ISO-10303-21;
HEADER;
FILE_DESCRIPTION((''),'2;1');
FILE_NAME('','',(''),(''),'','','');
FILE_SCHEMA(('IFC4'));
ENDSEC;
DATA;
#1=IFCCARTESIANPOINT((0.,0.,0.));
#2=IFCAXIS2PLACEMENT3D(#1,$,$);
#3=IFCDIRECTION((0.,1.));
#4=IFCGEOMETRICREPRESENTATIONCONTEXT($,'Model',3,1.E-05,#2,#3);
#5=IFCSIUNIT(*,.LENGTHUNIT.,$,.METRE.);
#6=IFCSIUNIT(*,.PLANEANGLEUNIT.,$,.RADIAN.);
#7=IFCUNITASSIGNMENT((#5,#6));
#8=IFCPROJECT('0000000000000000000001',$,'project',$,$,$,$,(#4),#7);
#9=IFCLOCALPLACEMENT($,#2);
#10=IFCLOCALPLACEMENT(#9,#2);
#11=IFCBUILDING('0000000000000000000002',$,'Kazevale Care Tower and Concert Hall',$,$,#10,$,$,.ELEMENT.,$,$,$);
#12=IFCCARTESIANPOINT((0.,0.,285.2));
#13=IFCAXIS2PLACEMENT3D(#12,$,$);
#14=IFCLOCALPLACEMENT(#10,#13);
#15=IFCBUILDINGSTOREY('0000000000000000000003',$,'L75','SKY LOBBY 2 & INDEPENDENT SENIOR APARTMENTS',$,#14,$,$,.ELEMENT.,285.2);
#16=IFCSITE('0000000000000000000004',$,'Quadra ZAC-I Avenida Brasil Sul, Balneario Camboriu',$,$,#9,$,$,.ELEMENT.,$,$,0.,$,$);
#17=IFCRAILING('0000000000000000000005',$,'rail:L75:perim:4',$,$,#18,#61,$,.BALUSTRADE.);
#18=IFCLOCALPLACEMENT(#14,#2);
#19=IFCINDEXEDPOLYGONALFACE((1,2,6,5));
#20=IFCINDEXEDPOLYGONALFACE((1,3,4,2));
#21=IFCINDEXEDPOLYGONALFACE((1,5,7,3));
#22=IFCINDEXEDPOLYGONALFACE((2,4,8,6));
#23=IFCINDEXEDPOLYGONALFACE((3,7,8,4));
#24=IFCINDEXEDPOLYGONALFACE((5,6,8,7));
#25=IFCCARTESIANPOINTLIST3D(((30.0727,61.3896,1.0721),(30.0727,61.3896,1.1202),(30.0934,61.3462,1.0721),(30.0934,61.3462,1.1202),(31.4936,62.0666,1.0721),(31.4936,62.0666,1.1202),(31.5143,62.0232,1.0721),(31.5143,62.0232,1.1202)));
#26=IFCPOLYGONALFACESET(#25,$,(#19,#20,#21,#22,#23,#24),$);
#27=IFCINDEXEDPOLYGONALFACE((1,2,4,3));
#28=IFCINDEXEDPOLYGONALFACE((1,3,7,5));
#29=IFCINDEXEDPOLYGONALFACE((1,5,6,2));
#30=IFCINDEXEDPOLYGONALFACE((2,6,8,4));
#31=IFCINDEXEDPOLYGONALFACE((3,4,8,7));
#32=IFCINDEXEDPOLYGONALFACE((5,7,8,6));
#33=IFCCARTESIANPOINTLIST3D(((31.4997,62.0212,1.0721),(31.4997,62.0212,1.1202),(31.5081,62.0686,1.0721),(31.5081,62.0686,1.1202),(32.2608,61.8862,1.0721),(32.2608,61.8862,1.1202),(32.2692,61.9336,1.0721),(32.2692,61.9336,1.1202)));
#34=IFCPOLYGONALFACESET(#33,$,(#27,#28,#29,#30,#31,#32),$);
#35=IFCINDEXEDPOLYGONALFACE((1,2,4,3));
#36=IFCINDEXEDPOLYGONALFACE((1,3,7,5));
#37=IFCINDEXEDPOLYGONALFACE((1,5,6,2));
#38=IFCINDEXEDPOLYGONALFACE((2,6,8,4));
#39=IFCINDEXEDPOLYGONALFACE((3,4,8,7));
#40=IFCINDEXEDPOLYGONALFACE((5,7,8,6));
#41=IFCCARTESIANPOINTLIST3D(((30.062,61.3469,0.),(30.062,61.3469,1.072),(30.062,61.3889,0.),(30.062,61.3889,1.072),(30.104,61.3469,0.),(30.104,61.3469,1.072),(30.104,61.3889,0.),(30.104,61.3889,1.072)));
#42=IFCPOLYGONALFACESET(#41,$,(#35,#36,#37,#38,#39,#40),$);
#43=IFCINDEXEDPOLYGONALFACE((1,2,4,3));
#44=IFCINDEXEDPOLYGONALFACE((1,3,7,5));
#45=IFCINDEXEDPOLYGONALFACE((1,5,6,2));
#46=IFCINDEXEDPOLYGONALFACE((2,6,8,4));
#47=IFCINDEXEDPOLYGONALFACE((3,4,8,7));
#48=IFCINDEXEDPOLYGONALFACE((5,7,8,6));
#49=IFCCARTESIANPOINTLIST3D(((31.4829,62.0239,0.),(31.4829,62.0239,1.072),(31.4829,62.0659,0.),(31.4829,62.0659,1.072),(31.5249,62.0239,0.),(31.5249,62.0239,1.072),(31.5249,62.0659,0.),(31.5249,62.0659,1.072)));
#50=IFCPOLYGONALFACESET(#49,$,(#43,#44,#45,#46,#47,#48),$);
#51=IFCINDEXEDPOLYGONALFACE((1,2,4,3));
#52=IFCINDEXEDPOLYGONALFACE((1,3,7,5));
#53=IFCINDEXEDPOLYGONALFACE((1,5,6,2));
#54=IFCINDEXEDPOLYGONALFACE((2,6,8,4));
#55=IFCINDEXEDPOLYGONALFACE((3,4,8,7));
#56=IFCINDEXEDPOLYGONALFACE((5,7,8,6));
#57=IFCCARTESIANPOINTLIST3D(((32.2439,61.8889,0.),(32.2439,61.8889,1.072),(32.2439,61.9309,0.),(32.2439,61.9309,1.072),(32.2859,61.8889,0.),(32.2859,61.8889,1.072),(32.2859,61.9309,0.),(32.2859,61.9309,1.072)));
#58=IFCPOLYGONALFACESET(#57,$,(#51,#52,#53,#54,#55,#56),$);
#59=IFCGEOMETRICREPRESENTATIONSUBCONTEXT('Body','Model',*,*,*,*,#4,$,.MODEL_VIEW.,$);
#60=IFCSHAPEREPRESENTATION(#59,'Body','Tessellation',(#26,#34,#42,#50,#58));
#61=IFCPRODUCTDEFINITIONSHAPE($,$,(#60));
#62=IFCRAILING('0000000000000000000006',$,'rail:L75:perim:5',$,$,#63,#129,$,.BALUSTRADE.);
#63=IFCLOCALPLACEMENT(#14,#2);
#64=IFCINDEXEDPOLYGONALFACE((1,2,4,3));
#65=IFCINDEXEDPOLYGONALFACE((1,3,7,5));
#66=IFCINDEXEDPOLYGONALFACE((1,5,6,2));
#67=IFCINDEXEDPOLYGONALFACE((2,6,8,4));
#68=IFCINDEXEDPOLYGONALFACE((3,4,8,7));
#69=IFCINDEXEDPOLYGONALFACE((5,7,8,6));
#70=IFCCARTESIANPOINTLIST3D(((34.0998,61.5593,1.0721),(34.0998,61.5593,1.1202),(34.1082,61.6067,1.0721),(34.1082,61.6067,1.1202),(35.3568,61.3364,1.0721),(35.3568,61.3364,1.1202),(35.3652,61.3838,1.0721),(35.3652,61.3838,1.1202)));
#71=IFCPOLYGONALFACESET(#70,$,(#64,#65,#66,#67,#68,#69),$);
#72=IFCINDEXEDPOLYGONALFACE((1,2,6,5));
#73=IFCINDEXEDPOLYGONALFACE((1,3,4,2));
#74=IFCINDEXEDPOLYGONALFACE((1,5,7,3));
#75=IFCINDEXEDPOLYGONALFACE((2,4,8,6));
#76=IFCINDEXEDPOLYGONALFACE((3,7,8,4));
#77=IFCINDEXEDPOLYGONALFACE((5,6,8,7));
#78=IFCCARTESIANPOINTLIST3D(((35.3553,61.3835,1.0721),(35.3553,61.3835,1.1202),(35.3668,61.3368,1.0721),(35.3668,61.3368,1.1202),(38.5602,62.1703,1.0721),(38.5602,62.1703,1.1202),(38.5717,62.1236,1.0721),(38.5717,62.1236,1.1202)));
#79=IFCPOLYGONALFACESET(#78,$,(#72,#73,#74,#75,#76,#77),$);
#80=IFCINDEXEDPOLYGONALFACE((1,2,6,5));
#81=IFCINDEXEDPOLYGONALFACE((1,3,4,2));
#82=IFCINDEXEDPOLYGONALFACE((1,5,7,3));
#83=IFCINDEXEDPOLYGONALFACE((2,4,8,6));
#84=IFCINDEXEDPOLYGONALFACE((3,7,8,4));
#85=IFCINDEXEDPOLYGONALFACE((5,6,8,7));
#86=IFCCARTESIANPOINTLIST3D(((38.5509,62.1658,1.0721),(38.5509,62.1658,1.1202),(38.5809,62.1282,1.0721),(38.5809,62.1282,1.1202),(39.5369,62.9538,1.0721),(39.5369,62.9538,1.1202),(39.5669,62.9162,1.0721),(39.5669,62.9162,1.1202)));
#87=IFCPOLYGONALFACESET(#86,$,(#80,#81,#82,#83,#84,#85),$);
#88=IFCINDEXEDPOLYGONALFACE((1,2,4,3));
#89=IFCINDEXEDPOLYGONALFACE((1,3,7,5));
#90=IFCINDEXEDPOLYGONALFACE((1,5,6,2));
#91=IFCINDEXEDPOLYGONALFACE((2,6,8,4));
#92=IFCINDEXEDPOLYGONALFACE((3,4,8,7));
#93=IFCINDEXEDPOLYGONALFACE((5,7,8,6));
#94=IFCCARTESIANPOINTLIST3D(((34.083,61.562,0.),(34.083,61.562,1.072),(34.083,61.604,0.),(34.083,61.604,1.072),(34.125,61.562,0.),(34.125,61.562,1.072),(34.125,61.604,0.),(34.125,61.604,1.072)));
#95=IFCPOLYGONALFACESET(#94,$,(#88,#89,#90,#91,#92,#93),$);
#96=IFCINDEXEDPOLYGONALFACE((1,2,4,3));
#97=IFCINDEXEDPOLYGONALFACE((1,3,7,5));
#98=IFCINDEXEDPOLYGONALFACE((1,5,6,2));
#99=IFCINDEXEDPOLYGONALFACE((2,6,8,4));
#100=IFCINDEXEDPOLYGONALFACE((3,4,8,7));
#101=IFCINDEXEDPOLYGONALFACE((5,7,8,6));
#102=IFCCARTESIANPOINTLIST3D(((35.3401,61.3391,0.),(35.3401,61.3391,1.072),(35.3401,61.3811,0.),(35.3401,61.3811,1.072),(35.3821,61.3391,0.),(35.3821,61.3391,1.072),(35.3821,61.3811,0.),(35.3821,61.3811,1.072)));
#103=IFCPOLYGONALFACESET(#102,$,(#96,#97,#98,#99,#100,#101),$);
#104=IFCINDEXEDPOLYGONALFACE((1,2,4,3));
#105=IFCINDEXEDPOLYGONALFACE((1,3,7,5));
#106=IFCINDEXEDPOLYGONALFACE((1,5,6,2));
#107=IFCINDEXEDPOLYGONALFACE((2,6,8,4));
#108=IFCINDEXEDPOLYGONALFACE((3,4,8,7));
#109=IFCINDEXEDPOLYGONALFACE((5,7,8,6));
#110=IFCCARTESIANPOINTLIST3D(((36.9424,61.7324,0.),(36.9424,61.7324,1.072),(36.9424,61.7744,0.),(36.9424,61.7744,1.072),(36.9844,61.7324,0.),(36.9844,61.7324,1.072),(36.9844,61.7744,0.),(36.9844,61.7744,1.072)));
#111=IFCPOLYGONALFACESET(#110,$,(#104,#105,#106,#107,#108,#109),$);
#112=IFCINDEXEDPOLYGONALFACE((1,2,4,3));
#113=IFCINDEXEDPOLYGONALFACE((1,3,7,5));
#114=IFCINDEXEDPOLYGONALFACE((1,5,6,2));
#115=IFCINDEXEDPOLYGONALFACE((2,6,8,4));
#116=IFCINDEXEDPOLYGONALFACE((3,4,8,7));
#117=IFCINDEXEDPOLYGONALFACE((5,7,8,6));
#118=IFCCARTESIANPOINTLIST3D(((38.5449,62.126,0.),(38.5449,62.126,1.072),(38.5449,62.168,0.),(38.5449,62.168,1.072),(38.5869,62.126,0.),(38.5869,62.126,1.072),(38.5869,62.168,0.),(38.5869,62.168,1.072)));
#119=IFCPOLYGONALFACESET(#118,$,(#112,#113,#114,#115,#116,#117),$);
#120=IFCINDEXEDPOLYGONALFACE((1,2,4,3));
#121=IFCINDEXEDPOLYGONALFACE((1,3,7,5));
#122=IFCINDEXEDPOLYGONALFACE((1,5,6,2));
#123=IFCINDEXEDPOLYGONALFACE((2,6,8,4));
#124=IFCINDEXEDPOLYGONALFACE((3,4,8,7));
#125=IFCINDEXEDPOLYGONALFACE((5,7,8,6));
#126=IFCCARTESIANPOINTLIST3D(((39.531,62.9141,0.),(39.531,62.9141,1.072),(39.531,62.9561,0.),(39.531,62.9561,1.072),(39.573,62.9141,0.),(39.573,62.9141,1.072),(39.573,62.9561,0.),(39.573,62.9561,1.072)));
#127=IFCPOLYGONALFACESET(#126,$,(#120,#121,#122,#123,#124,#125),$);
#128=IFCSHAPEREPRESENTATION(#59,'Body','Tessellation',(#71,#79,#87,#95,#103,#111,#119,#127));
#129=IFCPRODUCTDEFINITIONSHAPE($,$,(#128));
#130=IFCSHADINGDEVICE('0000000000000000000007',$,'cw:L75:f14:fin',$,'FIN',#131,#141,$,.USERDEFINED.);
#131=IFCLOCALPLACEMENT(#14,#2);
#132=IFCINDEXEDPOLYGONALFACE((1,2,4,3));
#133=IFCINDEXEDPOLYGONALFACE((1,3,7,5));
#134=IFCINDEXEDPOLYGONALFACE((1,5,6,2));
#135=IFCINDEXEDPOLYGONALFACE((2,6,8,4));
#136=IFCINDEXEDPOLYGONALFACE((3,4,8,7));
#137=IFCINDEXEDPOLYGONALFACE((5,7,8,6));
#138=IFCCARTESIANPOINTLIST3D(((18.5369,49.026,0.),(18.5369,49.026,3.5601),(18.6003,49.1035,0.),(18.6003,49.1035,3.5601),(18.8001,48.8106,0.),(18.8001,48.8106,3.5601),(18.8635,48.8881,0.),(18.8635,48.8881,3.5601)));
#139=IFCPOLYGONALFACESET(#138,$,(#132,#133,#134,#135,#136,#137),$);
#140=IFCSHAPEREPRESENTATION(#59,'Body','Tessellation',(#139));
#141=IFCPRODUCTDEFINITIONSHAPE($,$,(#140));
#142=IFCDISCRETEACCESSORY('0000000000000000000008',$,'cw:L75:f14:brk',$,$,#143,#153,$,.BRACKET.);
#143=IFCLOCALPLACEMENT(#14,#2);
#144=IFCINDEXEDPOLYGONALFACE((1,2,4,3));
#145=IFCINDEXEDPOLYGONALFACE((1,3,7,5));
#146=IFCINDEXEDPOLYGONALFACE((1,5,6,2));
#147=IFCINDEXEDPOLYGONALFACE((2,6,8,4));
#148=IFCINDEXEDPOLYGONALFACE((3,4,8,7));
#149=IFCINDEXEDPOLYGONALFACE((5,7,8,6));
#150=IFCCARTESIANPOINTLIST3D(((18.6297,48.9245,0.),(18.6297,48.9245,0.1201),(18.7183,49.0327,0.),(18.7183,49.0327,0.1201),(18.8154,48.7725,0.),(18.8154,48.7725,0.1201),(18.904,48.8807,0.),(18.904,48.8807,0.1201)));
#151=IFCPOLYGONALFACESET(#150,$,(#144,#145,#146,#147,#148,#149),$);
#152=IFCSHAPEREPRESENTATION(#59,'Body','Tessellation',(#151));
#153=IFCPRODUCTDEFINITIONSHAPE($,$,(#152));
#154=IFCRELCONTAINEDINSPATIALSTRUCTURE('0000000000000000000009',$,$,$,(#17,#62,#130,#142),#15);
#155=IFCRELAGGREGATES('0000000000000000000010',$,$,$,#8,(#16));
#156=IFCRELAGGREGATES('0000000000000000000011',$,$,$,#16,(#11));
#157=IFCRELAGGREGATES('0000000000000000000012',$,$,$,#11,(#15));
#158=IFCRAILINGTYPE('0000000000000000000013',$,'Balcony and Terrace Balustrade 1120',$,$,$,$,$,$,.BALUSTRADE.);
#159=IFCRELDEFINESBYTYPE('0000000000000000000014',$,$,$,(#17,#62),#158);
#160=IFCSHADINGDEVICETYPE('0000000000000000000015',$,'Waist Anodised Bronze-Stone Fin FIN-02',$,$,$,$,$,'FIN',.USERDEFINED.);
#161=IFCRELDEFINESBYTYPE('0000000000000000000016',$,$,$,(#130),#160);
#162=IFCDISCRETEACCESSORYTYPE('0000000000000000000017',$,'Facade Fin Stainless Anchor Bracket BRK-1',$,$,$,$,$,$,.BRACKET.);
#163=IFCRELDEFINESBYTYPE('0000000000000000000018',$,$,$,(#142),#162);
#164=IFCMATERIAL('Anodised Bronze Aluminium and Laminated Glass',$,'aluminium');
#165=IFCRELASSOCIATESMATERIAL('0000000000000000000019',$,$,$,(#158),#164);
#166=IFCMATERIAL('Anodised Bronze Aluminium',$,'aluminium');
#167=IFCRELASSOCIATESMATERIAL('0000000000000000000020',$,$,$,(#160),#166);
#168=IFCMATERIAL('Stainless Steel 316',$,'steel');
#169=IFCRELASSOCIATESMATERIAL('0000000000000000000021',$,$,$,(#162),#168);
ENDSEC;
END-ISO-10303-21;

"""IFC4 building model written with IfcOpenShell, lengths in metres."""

from ifc_helpers import new_model, si_unit, direction, frame, origin, origin_2d, place, context, subcontext, project, spatial, rectangle, extrude, material, type_object, element, save


model = new_model("IFC4")

# Units and contexts
model_context = context("Model", 3, precision=1e-05, world=origin(), true_north=direction((0.0, 1.0)))
body_context = subcontext(model_context, "Body", "Model", "MODEL_VIEW")
ifc_project = project(units=[si_unit("LENGTHUNIT", "METRE"), si_unit("PLANEANGLEUNIT", "RADIAN")], contexts=[model_context])

# Site, building, storey
site_placement = place(None, origin())
site = spatial("IfcSite", under=ifc_project, at=site_placement, Name="Quadra ZAC-I Avenida Brasil Sul, Balneario Camboriu", CompositionType="ELEMENT", RefElevation=0.0)
building_placement = place(site_placement, origin())
building = spatial("IfcBuilding", under=site, at=building_placement, Name="Kazevale Care Tower and Concert Hall", CompositionType="ELEMENT")
storey_placement = place(building_placement, frame((0.0, 0.0, 285.2)))
storey = spatial("IfcBuildingStorey", under=building, at=storey_placement, Name="L75", Description="SKY LOBBY 2 & INDEPENDENT SENIOR APARTMENTS", CompositionType="ELEMENT", Elevation=285.2)

# Railings
ifc_material_1 = material(Name="Anodised Bronze Aluminium and Laminated Glass", Category="aluminium")
railing_type = type_object("IfcRailingType", Name="Balcony and Terrace Balustrade 1120", PredefinedType="BALUSTRADE", material=ifc_material_1)
railing_1_placement = place(storey_placement, frame((30.083, 61.3679, 0.0)))
element("IfcRailing", 1, at=railing_1_placement, inside=storey, type_object=railing_type, Name="rail:L75:perim:4", PredefinedType="BALUSTRADE", context=body_context, shape_type="SweptSolid", body=[
    extrude(rectangle(XDim=0.0481, YDim=0.0481, at=origin_2d()), frame((0.0, 0.0, 1.0962), z_axis=(0.902766, 0.430132, 0.0), x_axis=(-0.430132, 0.902766, 0.0)), (0.0, 0.0, 1.0), 1.574),
    extrude(rectangle(XDim=0.0481, YDim=0.0481, at=origin_2d()), frame((1.4209, 0.677, 1.0962), z_axis=(0.984624, -0.174686, 0.0), x_axis=(0.174686, 0.984624, 0.0)), (0.0, 0.0, 1.0), 0.7729),
    extrude(rectangle(XDim=0.042, YDim=0.042, at=origin_2d()), origin(), (0.0, 0.0, 1.0), 1.072),
    extrude(rectangle(XDim=0.042, YDim=0.042, at=origin_2d()), frame((1.4209, 0.677, 0.0)), (0.0, 0.0, 1.0), 1.072),
    extrude(rectangle(XDim=0.042, YDim=0.042, at=origin_2d()), frame((2.1819, 0.542, 0.0)), (0.0, 0.0, 1.0), 1.072),
])
railing_2_placement = place(storey_placement, frame((34.104, 61.583, 0.0)))
element("IfcRailing", 2, at=railing_2_placement, inside=storey, type_object=railing_type, Name="rail:L75:perim:5", PredefinedType="BALUSTRADE", context=body_context, shape_type="SweptSolid", body=[
    extrude(rectangle(XDim=0.0481, YDim=0.0481, at=origin_2d()), frame((0.0, 0.0, 1.0962), z_axis=(0.984641, -0.174593, 0.0), x_axis=(0.174593, 0.984641, 0.0)), (0.0, 0.0, 1.0), 1.2766),
    extrude(rectangle(XDim=0.0481, YDim=0.0481, at=origin_2d()), frame((1.2571, -0.2229, 1.0962), z_axis=(0.971157, 0.238443, 0.0), x_axis=(-0.238443, 0.971157, 0.0)), (0.0, 0.0, 1.0), 3.3),
    extrude(rectangle(XDim=0.0481, YDim=0.0481, at=origin_2d()), frame((4.4619, 0.564, 1.0962), z_axis=(0.781171, 0.624318, 0.0), x_axis=(-0.624318, 0.781171, 0.0)), (0.0, 0.0, 1.0), 1.2622),
    extrude(rectangle(XDim=0.042, YDim=0.042, at=origin_2d()), origin(), (0.0, 0.0, 1.0), 1.072),
    extrude(rectangle(XDim=0.042, YDim=0.042, at=origin_2d()), frame((1.2571, -0.2229, 0.0)), (0.0, 0.0, 1.0), 1.072),
    extrude(rectangle(XDim=0.042, YDim=0.042, at=origin_2d()), frame((2.8594, 0.1704, 0.0)), (0.0, 0.0, 1.0), 1.072),
    extrude(rectangle(XDim=0.042, YDim=0.042, at=origin_2d()), frame((4.4619, 0.564, 0.0)), (0.0, 0.0, 1.0), 1.072),
    extrude(rectangle(XDim=0.042, YDim=0.042, at=origin_2d()), frame((5.448, 1.3521, 0.0)), (0.0, 0.0, 1.0), 1.072),
])

# Shading device
ifc_material_2 = material(Name="Anodised Bronze Aluminium", Category="aluminium")
shading_device_type = type_object("IfcShadingDeviceType", Name="Waist Anodised Bronze-Stone Fin FIN-02", ElementType="FIN", PredefinedType="USERDEFINED", material=ifc_material_2)
shading_device_placement = place(storey_placement, frame((18.7002, 48.957, 0.0), z_axis=(0.0, 0.0, 1.0), x_axis=(-0.77384, 0.633381, 0.0)))
element("IfcShadingDevice", 3, at=shading_device_placement, inside=storey, type_object=shading_device_type, Name="cw:L75:f14:fin", ObjectType="FIN", PredefinedType="USERDEFINED", context=body_context, shape_type="SweptSolid", body=[
    extrude(rectangle(XDim=0.3401, YDim=0.1001, at=origin_2d()), origin(), (0.0, 0.0, 1.0), 3.5601),
])

# Discrete accessory
ifc_material_3 = material(Name="Stainless Steel 316", Category="steel")
discrete_accessory_type = type_object("IfcDiscreteAccessoryType", Name="Facade Fin Stainless Anchor Bracket BRK-1", PredefinedType="BRACKET", material=ifc_material_3)
discrete_accessory_placement = place(storey_placement, frame((18.7668, 48.9026, 0.0), z_axis=(0.0, 0.0, 1.0), x_axis=(-0.77384, 0.633381, 0.0)))
element("IfcDiscreteAccessory", 4, at=discrete_accessory_placement, inside=storey, type_object=discrete_accessory_type, Name="cw:L75:f14:brk", PredefinedType="BRACKET", context=body_context, shape_type="SweptSolid", body=[
    extrude(rectangle(XDim=0.24, YDim=0.1399, at=origin_2d()), origin(), (0.0, 0.0, 1.0), 0.1201),
])

save(model, "model.ifc")
